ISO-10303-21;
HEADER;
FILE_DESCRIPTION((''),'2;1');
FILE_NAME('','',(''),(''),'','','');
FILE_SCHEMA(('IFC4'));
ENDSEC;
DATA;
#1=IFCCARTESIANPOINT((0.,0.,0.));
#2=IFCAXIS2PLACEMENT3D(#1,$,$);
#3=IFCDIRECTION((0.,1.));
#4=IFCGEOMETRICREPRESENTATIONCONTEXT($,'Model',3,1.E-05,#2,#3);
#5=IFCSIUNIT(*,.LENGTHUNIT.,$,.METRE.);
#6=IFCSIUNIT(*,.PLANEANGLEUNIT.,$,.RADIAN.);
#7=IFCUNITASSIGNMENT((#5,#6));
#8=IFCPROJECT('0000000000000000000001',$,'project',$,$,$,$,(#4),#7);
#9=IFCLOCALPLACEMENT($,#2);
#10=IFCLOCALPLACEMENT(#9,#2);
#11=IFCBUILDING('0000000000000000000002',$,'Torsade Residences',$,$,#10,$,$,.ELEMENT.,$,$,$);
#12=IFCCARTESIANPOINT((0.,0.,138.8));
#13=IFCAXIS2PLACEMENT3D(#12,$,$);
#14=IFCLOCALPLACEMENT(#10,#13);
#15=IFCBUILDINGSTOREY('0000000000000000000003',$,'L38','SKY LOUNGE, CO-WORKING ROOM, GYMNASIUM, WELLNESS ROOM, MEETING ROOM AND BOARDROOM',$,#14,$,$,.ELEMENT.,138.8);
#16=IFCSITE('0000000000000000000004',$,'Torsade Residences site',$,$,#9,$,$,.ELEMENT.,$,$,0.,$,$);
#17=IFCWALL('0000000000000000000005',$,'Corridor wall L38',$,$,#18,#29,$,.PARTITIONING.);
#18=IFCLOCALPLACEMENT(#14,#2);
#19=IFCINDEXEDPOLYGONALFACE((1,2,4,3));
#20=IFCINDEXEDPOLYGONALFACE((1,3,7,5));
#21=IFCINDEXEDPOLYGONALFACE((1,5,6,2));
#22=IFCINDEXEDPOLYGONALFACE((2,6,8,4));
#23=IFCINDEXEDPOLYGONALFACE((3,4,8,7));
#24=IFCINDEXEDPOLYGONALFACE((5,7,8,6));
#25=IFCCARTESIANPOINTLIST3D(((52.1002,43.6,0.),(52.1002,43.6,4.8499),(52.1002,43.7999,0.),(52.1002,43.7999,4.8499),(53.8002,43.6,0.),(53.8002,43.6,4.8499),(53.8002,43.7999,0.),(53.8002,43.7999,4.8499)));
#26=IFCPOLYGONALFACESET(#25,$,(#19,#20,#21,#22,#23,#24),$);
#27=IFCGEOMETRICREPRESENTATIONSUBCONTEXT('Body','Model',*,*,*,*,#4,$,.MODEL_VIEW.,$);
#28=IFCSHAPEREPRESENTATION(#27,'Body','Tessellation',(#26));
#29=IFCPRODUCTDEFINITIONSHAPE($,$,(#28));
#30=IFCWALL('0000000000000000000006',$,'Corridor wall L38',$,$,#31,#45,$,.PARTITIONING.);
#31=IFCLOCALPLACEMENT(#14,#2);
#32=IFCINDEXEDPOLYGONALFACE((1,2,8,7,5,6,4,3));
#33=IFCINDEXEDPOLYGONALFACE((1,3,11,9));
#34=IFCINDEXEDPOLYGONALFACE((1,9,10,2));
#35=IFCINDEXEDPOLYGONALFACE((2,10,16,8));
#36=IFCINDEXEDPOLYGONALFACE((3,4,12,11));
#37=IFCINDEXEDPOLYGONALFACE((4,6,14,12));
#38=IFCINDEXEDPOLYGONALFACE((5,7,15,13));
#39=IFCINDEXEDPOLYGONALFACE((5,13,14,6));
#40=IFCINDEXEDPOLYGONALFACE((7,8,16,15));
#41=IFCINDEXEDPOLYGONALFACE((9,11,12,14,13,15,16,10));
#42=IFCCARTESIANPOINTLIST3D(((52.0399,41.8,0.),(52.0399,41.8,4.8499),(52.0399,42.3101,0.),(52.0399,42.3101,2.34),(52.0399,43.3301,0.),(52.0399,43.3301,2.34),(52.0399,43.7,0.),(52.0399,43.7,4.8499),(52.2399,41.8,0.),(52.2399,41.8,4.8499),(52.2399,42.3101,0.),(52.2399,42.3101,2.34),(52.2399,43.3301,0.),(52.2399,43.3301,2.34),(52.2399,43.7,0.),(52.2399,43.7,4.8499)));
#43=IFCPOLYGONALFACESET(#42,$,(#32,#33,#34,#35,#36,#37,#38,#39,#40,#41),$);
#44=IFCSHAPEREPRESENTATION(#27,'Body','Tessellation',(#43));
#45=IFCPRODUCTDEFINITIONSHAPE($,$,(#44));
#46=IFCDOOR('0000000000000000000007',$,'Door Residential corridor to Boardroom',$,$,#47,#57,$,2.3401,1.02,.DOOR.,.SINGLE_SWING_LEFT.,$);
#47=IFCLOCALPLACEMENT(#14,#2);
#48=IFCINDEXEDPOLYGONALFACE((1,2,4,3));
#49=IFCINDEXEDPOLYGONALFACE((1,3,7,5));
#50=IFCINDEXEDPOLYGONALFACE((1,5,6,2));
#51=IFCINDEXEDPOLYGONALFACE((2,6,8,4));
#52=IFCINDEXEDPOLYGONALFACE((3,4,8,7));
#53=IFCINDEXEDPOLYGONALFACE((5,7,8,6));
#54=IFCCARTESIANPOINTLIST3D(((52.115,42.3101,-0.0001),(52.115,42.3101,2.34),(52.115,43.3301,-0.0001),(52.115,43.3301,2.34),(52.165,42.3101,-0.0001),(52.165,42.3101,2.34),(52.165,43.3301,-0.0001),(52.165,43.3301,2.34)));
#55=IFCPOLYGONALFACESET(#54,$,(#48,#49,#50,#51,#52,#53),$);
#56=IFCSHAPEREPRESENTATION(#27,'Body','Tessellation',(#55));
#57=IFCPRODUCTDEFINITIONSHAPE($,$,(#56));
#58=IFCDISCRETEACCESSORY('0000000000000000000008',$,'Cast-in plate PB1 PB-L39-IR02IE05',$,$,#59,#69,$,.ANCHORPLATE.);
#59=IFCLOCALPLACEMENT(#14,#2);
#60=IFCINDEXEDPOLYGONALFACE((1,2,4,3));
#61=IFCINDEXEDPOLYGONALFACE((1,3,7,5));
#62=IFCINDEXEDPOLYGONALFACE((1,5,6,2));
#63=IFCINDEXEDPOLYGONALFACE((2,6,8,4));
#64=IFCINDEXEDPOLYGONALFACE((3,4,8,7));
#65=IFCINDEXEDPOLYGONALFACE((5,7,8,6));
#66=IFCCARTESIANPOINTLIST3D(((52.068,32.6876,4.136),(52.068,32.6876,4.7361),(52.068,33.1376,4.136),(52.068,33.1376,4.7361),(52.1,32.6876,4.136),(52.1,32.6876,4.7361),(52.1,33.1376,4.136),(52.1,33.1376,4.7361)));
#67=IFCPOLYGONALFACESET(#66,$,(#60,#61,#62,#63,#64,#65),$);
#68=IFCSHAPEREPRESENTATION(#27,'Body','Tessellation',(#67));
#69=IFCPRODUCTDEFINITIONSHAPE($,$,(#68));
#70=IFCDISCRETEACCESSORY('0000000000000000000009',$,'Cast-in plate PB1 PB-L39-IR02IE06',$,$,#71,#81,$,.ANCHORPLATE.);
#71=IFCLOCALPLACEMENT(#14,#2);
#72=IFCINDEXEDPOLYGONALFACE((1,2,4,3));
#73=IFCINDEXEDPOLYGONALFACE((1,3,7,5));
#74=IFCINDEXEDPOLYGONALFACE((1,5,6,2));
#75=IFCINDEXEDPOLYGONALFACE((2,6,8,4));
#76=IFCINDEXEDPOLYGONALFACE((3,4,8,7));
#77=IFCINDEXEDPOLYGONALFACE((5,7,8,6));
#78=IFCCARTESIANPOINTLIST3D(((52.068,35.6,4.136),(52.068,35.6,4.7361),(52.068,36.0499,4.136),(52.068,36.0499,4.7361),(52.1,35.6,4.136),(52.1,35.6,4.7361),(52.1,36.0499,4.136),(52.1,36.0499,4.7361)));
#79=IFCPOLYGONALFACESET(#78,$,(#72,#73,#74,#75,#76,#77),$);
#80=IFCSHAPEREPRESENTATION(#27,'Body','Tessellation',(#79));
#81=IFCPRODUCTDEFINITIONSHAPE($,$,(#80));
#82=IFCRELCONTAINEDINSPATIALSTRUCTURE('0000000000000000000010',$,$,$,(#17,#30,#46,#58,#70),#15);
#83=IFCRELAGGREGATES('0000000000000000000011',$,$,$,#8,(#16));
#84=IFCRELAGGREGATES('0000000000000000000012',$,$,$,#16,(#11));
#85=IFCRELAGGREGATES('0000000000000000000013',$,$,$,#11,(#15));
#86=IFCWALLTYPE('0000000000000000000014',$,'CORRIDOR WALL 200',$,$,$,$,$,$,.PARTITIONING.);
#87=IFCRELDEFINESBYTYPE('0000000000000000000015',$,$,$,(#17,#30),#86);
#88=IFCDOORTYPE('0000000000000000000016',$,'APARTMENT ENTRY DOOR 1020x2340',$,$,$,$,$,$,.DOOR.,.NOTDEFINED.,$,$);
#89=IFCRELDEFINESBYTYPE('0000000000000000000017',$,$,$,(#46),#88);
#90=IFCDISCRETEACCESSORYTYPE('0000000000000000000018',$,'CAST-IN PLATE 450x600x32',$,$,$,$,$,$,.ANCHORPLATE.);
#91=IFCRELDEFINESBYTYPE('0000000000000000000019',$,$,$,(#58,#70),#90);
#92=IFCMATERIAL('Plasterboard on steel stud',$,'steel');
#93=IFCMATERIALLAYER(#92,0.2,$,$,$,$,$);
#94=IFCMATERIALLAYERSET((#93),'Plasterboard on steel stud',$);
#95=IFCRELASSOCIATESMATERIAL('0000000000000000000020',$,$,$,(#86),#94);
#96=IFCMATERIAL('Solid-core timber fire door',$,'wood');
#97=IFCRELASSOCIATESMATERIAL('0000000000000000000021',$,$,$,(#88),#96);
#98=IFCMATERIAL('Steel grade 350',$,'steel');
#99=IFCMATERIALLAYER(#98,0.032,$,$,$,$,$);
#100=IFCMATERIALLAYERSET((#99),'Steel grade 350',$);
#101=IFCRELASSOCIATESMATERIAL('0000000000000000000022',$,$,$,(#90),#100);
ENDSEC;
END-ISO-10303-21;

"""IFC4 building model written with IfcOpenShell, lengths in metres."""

from ifc_helpers import new_model, si_unit, direction, frame, frame_2d, origin, origin_2d, place, context, subcontext, project, spatial, rectangle, extrude, material, layer, layer_set, type_object, element, fill, save


model = new_model("IFC4")

# Units and contexts
model_context = context("Model", 3, precision=1e-05, world=origin(), true_north=direction((0.0, 1.0)))
body_context = subcontext(model_context, "Body", "Model", "MODEL_VIEW")
ifc_project = project(units=[si_unit("LENGTHUNIT", "METRE"), si_unit("PLANEANGLEUNIT", "RADIAN")], contexts=[model_context])

# Site, building, storey
site_placement = place(None, origin())
site = spatial("IfcSite", under=ifc_project, at=site_placement, Name="Torsade Residences site", CompositionType="ELEMENT", RefElevation=0.0)
building_placement = place(site_placement, origin())
building = spatial("IfcBuilding", under=site, at=building_placement, Name="Torsade Residences", CompositionType="ELEMENT")
storey_placement = place(building_placement, frame((0.0, 0.0, 138.8)))
storey = spatial("IfcBuildingStorey", under=building, at=storey_placement, Name="L38", Description="SKY LOUNGE, CO-WORKING ROOM, GYMNASIUM, WELLNESS ROOM, MEETING ROOM AND BOARDROOM", CompositionType="ELEMENT", Elevation=138.8)

# Wall
ifc_material_1 = material(Name="Plasterboard on steel stud", Category="steel")
ifc_layer_1 = layer(ifc_material_1, 0.2)
ifc_layer_set_1 = layer_set([ifc_layer_1], Name="Plasterboard on steel stud")
wall_type_1 = type_object("IfcWallType", Name="CORRIDOR WALL 200", PredefinedType="PARTITIONING", material=ifc_layer_set_1)
wall_1_placement = place(storey_placement, frame((52.1001, 43.7, 0.0), z_axis=(0.0, 0.0, 1.0), x_axis=(1.0, 0.0, 0.0)))
element("IfcWall", 1, at=wall_1_placement, inside=storey, type_object=wall_type_1, Name="Corridor wall L38", PredefinedType="PARTITIONING", context=body_context, shape_type="SweptSolid", body=[
    extrude(rectangle(XDim=1.7, YDim=0.2, at=frame_2d((0.8501, 0.0))), origin(), (0.0, 0.0, 1.0), 4.8499),
])

# Wall, opening, door
wall_2_placement = place(storey_placement, frame((52.1399, 41.8, 0.0), z_axis=(0.0, 0.0, 1.0), x_axis=(0.0, 1.0, 0.0)))
wall_2 = element("IfcWall", 2, at=wall_2_placement, inside=storey, type_object=wall_type_1, Name="Corridor wall L38", PredefinedType="PARTITIONING", context=body_context, shape_type="SweptSolid", body=[
    extrude(rectangle(XDim=1.8999, YDim=0.2, at=frame_2d((0.95, 0.0))), origin(), (0.0, 0.0, 1.0), 4.8499),
])
opening_1_placement = place(wall_2_placement, frame((0.51, 0.0, 0.0)))
opening_1 = element("IfcOpeningElement", 3, at=opening_1_placement, cuts=wall_2, PredefinedType="OPENING", context=body_context, shape_type="SweptSolid", body=[
    extrude(rectangle(XDim=1.02, YDim=2.3401, at=frame_2d((0.51, 1.1699))), frame((0.0, 0.1099, 0.0), z_axis=(0.0, -1.0, 0.0), x_axis=(1.0, 0.0, 0.0)), (0.0, 0.0, 1.0), 0.22),
])
ifc_material_2 = material(Name="Solid-core timber fire door", Category="wood")
door_type_1 = type_object("IfcDoorType", Name="APARTMENT ENTRY DOOR 1020x2340", OperationType="NOTDEFINED", PredefinedType="DOOR", material=ifc_material_2)
door_1_placement = place(opening_1_placement, origin())
door_1 = element("IfcDoor", 4, at=door_1_placement, inside=storey, type_object=door_type_1, Name="Door Residential corridor to Boardroom", OperationType="SINGLE_SWING_LEFT", OverallHeight=2.3401, OverallWidth=1.02, PredefinedType="DOOR", context=body_context, shape_type="SweptSolid", body=[
    extrude(rectangle(XDim=1.02, YDim=2.3401, at=frame_2d((0.51, 1.1699))), frame((0.0, 0.0249, 0.0), z_axis=(0.0, -1.0, 0.0), x_axis=(1.0, 0.0, 0.0)), (0.0, 0.0, 1.0), 0.05),
])
fill(opening_1, door_1)

# Discrete accessories
ifc_material_3 = material(Name="Steel grade 350", Category="steel")
ifc_layer_2 = layer(ifc_material_3, 0.032)
ifc_layer_set_2 = layer_set([ifc_layer_2], Name="Steel grade 350")
discrete_accessory_type = type_object("IfcDiscreteAccessoryType", Name="CAST-IN PLATE 450x600x32", PredefinedType="ANCHORPLATE", material=ifc_layer_set_2)
for number, where, z_axis, x_axis, name in (
    (5, (52.084, 32.9126, 4.136), (0.0, 0.0, 1.0), (1.0, 0.0, 0.0), "Cast-in plate PB1 PB-L39-IR02IE05"),
    (6, (52.084, 35.825, 4.136), (0.0, 0.0, 1.0), (1.0, 0.0, 0.0), "Cast-in plate PB1 PB-L39-IR02IE06"),
):
    element("IfcDiscreteAccessory", number, at=place(storey_placement, frame(where, z_axis=z_axis, x_axis=x_axis)), inside=storey, type_object=discrete_accessory_type, Name=name, PredefinedType="ANCHORPLATE", context=body_context, shape_type="SweptSolid", body=[
        extrude(rectangle(XDim=0.032, YDim=0.45, at=origin_2d()), origin(), (0.0, 0.0, 1.0), 0.6001),
    ])

save(model, "model.ifc")
